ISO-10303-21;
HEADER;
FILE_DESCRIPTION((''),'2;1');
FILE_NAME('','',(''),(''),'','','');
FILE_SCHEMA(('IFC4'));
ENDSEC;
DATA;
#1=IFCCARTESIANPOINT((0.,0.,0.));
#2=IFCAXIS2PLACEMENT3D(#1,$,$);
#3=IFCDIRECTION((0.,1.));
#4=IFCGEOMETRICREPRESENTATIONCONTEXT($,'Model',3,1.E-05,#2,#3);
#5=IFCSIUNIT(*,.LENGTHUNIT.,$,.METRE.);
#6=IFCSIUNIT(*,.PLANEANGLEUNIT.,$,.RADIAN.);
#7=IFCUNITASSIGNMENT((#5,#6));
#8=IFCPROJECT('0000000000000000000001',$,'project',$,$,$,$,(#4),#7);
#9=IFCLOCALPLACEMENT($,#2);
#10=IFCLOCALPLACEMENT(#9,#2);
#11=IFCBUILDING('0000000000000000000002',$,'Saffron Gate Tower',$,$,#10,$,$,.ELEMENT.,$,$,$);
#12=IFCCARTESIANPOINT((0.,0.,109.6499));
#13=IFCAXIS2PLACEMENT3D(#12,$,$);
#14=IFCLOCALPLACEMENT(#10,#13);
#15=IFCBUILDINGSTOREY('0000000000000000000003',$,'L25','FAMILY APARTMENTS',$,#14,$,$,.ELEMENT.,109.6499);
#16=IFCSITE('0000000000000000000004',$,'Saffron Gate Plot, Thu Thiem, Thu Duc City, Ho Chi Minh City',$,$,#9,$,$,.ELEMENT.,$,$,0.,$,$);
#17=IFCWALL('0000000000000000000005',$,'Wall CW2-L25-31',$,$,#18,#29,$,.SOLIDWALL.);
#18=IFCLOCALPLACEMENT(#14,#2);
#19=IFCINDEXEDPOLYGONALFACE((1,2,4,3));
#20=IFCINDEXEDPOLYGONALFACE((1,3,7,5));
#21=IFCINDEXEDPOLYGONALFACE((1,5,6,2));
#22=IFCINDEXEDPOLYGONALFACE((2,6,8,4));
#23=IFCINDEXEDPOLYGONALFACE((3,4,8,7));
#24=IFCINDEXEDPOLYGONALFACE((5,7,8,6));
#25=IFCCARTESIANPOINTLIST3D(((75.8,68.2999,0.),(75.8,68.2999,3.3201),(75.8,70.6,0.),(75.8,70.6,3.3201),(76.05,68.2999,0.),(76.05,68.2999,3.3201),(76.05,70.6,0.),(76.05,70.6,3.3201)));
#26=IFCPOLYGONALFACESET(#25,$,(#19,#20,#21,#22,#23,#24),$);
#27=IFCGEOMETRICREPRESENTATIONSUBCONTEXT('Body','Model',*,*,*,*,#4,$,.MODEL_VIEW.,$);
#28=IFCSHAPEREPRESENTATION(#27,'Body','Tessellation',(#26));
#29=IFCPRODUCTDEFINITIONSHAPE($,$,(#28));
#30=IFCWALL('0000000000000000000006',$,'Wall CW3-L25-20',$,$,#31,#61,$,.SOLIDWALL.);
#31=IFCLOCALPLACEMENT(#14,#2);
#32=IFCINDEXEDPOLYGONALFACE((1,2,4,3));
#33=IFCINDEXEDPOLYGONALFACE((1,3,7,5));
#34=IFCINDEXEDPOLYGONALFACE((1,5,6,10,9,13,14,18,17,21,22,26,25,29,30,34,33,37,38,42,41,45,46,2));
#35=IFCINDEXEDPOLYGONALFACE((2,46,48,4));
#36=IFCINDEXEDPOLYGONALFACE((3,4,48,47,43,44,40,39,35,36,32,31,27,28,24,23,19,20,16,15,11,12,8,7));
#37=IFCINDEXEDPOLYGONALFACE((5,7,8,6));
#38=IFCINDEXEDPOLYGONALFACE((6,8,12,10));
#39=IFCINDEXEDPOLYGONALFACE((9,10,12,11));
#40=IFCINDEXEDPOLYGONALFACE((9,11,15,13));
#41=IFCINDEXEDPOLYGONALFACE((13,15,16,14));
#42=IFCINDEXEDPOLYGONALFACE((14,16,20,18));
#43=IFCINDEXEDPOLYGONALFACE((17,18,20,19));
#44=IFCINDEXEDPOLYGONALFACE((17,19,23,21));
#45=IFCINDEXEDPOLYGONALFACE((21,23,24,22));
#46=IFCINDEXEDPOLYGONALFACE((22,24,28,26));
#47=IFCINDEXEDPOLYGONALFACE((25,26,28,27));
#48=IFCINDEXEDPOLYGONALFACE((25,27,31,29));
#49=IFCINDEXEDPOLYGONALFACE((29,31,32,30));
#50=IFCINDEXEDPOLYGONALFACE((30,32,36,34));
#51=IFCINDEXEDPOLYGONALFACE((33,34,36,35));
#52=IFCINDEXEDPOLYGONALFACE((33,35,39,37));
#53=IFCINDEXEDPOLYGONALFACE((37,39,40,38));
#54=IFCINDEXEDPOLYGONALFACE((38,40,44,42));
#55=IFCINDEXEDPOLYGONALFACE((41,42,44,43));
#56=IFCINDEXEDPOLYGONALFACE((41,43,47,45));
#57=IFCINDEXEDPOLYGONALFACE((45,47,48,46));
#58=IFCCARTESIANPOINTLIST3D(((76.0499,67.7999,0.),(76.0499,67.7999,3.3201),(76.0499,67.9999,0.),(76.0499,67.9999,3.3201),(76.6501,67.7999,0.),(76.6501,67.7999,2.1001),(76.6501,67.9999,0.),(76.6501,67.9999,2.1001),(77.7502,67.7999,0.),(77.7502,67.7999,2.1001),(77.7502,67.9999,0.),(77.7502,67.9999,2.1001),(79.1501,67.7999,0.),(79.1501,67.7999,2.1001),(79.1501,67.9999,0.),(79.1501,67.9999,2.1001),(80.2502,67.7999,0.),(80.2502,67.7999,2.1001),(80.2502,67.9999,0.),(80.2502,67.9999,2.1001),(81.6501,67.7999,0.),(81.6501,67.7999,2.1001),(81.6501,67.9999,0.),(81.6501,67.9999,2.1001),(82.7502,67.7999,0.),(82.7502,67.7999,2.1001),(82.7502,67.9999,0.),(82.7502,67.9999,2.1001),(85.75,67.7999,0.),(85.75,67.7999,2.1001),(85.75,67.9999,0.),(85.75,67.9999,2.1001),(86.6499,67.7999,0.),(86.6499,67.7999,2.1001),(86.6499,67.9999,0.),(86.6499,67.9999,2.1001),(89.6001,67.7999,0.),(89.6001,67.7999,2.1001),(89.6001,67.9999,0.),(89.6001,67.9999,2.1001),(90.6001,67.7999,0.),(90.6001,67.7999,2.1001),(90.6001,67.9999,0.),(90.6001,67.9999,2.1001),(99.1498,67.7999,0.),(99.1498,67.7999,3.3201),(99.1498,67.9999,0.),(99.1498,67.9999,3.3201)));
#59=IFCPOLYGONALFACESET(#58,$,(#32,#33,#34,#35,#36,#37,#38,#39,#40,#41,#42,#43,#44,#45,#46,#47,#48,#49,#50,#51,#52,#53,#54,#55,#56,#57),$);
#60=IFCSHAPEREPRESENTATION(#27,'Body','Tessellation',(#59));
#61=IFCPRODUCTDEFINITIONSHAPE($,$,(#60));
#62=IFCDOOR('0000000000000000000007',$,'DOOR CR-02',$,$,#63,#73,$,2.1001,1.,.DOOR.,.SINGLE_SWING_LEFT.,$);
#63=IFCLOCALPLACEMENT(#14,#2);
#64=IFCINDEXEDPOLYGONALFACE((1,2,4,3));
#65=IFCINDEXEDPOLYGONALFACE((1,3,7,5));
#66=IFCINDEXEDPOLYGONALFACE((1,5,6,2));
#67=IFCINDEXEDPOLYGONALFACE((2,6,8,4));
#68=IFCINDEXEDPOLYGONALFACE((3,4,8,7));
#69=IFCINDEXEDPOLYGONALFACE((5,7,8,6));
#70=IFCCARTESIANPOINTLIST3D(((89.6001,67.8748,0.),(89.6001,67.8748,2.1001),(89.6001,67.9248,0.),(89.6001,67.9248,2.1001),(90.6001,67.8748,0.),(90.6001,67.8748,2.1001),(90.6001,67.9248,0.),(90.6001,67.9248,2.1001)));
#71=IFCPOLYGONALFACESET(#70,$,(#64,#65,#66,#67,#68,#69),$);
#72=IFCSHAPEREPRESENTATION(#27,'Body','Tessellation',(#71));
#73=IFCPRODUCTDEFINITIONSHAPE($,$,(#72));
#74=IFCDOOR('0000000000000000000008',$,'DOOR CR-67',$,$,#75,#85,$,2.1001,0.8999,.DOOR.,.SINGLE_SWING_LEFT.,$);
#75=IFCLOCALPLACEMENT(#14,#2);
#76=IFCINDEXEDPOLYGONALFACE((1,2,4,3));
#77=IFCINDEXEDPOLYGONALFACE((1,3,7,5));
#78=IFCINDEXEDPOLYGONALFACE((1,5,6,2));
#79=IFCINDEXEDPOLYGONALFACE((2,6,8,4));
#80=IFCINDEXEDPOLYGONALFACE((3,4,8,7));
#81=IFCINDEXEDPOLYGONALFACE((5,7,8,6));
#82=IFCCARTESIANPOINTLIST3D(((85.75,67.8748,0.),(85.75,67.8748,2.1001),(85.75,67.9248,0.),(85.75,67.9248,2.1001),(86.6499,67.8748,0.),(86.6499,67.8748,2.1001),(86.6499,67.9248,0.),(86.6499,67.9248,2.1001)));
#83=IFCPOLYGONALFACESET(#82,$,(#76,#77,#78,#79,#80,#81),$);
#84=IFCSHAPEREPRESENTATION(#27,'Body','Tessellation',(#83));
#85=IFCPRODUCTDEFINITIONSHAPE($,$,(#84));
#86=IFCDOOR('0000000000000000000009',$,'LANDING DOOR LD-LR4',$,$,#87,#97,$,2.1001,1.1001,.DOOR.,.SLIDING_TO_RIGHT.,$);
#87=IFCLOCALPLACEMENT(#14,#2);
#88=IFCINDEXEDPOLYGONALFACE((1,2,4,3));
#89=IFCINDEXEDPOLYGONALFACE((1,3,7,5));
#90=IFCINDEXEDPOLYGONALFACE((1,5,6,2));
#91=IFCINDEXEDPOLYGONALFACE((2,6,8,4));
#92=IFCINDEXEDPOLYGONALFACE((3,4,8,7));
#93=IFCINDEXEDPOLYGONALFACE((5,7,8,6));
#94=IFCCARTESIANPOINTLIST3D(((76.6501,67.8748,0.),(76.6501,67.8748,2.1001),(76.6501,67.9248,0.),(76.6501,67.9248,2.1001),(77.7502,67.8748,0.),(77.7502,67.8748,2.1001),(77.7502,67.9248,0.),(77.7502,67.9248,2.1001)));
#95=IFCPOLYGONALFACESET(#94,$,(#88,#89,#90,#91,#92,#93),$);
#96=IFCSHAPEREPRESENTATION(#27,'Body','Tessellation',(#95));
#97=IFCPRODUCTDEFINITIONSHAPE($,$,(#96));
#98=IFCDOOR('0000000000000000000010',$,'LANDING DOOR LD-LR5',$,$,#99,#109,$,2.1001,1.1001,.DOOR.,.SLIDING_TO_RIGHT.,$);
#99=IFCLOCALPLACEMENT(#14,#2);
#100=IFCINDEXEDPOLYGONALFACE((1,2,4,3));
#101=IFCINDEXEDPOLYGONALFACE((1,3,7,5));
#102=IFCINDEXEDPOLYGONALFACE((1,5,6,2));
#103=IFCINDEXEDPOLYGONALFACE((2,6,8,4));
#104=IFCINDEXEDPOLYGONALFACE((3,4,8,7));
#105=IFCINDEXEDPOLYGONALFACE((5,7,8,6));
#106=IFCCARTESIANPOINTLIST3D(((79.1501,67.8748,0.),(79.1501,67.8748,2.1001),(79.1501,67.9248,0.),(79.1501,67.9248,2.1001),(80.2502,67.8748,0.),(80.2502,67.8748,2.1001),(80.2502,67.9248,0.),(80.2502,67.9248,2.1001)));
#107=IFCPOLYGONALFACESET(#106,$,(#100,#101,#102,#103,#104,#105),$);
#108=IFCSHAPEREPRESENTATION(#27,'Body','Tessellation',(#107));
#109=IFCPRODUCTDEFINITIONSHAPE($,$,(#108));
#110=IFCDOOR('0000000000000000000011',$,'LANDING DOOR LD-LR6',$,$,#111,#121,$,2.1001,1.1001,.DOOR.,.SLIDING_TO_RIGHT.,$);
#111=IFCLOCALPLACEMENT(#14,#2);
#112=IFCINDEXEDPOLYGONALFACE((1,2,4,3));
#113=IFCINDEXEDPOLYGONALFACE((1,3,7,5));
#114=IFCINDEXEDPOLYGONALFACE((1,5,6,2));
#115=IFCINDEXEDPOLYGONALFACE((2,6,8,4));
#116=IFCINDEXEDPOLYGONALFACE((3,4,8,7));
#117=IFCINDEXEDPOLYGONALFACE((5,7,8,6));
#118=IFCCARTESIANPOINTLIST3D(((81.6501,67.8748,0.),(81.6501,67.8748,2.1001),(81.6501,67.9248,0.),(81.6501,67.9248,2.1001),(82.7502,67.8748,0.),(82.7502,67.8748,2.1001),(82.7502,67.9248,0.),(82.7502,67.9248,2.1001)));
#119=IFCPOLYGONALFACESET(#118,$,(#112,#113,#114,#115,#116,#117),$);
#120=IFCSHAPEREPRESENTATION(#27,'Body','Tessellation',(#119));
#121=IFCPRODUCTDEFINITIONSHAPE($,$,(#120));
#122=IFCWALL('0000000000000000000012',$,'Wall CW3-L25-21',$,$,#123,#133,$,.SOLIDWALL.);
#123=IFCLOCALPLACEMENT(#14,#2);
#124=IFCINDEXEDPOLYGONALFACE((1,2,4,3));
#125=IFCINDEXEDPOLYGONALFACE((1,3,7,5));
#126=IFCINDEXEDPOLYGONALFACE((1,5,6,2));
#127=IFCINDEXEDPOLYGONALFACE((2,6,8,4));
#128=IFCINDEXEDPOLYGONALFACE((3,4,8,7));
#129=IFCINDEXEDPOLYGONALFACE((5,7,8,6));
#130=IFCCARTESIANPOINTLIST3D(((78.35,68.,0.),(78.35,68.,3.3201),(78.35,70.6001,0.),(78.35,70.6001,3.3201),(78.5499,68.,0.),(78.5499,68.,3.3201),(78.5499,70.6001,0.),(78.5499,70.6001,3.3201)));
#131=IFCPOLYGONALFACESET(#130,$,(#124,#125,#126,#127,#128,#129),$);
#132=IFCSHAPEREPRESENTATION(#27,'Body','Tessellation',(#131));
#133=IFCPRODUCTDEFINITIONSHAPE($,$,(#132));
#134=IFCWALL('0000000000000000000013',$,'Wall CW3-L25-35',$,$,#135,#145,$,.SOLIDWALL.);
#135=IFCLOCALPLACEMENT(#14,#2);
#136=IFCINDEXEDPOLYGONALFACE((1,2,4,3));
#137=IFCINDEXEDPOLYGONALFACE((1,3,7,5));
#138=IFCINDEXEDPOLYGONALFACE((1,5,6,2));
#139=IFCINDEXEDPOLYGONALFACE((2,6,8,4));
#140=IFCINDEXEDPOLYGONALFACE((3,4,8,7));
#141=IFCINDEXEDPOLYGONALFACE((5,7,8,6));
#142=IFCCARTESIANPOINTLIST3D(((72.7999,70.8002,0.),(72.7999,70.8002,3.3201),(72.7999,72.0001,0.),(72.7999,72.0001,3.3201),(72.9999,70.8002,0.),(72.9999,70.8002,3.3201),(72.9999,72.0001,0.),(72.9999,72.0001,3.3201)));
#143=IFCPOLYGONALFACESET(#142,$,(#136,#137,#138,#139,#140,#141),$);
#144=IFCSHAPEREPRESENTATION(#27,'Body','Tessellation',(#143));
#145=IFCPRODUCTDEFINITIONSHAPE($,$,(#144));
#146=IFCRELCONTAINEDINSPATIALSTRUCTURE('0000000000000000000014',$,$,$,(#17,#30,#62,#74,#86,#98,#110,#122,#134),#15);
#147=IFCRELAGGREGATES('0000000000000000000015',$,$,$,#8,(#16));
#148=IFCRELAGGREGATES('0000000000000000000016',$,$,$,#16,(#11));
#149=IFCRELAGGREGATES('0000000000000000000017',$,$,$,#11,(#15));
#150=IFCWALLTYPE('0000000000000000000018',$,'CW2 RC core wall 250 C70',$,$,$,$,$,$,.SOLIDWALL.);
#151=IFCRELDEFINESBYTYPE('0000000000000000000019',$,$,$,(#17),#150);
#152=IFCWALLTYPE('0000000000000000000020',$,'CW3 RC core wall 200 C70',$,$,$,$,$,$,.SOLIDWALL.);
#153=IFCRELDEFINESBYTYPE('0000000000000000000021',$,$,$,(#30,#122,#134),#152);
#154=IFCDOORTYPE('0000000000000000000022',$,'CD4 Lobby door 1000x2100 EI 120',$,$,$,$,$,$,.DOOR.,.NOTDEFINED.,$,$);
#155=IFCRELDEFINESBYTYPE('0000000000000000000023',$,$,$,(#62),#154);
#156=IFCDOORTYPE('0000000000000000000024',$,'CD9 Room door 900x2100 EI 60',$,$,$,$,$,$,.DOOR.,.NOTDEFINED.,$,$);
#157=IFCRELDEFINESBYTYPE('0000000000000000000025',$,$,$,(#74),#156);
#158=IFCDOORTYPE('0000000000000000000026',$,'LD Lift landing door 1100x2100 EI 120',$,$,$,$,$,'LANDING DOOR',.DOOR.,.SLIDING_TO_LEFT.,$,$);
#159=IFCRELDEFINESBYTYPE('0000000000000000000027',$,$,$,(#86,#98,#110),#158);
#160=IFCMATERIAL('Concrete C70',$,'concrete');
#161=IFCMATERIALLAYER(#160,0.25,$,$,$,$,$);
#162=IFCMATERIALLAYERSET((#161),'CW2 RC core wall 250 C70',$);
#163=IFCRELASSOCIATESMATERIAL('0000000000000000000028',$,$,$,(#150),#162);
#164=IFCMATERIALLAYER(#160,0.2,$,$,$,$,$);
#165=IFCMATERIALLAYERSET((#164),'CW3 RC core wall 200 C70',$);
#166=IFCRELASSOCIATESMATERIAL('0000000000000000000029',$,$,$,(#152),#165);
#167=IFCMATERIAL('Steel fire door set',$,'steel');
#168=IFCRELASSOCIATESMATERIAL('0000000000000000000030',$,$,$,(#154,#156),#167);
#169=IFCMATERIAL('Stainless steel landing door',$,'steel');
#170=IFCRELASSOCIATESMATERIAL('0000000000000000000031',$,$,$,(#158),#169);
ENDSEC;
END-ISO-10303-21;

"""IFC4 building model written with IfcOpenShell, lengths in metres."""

from ifc_helpers import new_model, si_unit, direction, frame, frame_2d, origin, place, context, subcontext, project, spatial, rectangle, extrude, material, layer, layer_set, type_object, element, fill, save


model = new_model("IFC4")

# Units and contexts
model_context = context("Model", 3, precision=1e-05, world=origin(), true_north=direction((0.0, 1.0)))
body_context = subcontext(model_context, "Body", "Model", "MODEL_VIEW")
ifc_project = project(units=[si_unit("LENGTHUNIT", "METRE"), si_unit("PLANEANGLEUNIT", "RADIAN")], contexts=[model_context])

# Site, building, storey
site_placement = place(None, origin())
site = spatial("IfcSite", under=ifc_project, at=site_placement, Name="Saffron Gate Plot, Thu Thiem, Thu Duc City, Ho Chi Minh City", CompositionType="ELEMENT", RefElevation=0.0)
building_placement = place(site_placement, origin())
building = spatial("IfcBuilding", under=site, at=building_placement, Name="Saffron Gate Tower", CompositionType="ELEMENT")
storey_placement = place(building_placement, frame((0.0, 0.0, 109.6499)))
storey = spatial("IfcBuildingStorey", under=building, at=storey_placement, Name="L25", Description="FAMILY APARTMENTS", CompositionType="ELEMENT", Elevation=109.6499)

# Wall
ifc_material_1 = material(Name="Concrete C70", Category="concrete")
ifc_layer_1 = layer(ifc_material_1, 0.25)
ifc_layer_set_1 = layer_set([ifc_layer_1], Name="CW2 RC core wall 250 C70")
wall_type_1 = type_object("IfcWallType", Name="CW2 RC core wall 250 C70", PredefinedType="SOLIDWALL", material=ifc_layer_set_1)
wall_1_placement = place(storey_placement, frame((75.925, 68.3, 0.0), z_axis=(0.0, 0.0, 1.0), x_axis=(0.0, 1.0, 0.0)))
element("IfcWall", 1, at=wall_1_placement, inside=storey, type_object=wall_type_1, Name="Wall CW2-L25-31", PredefinedType="SOLIDWALL", context=body_context, shape_type="SweptSolid", body=[
    extrude(rectangle(XDim=2.3, YDim=0.25, at=frame_2d((1.1499, 0.0))), origin(), (0.0, 0.0, 1.0), 3.3201),
])

# Wall, openings, doors
ifc_layer_2 = layer(ifc_material_1, 0.2)
ifc_layer_set_2 = layer_set([ifc_layer_2], Name="CW3 RC core wall 200 C70")
wall_type_2 = type_object("IfcWallType", Name="CW3 RC core wall 200 C70", PredefinedType="SOLIDWALL", material=ifc_layer_set_2)
wall_2_placement = place(storey_placement, frame((76.05, 67.8999, 0.0), z_axis=(0.0, 0.0, 1.0), x_axis=(1.0, 0.0, 0.0)))
wall_2 = element("IfcWall", 2, at=wall_2_placement, inside=storey, type_object=wall_type_2, Name="Wall CW3-L25-20", PredefinedType="SOLIDWALL", context=body_context, shape_type="SweptSolid", body=[
    extrude(rectangle(XDim=23.0999, YDim=0.2, at=frame_2d((11.5498, 0.0))), origin(), (0.0, 0.0, 1.0), 3.3201),
])
opening_1_placement = place(wall_2_placement, frame((0.6001, 0.0, 0.0)))
opening_1 = element("IfcOpeningElement", 3, at=opening_1_placement, cuts=wall_2, PredefinedType="OPENING", context=body_context, shape_type="SweptSolid", body=[
    extrude(rectangle(XDim=1.1001, YDim=2.1001, at=frame_2d((0.55, 1.05))), frame((0.0, 0.1099, 0.0), z_axis=(0.0, -1.0, 0.0), x_axis=(1.0, 0.0, 0.0)), (0.0, 0.0, 1.0), 0.22),
])
opening_2_placement = place(wall_2_placement, frame((3.1001, 0.0, 0.0)))
opening_2 = element("IfcOpeningElement", 4, at=opening_2_placement, cuts=wall_2, PredefinedType="OPENING", context=body_context, shape_type="SweptSolid", body=[
    extrude(rectangle(XDim=1.1001, YDim=2.1001, at=frame_2d((0.55, 1.05))), frame((0.0, 0.1099, 0.0), z_axis=(0.0, -1.0, 0.0), x_axis=(1.0, 0.0, 0.0)), (0.0, 0.0, 1.0), 0.22),
])
opening_3_placement = place(wall_2_placement, frame((5.6001, 0.0, 0.0)))
opening_3 = element("IfcOpeningElement", 5, at=opening_3_placement, cuts=wall_2, PredefinedType="OPENING", context=body_context, shape_type="SweptSolid", body=[
    extrude(rectangle(XDim=1.1001, YDim=2.1001, at=frame_2d((0.55, 1.05))), frame((0.0, 0.1099, 0.0), z_axis=(0.0, -1.0, 0.0), x_axis=(1.0, 0.0, 0.0)), (0.0, 0.0, 1.0), 0.22),
])
opening_4_placement = place(wall_2_placement, frame((9.7, 0.0, 0.0)))
opening_4 = element("IfcOpeningElement", 6, at=opening_4_placement, cuts=wall_2, PredefinedType="OPENING", context=body_context, shape_type="SweptSolid", body=[
    extrude(rectangle(XDim=0.8999, YDim=2.1001, at=frame_2d((0.45, 1.05))), frame((0.0, 0.1099, 0.0), z_axis=(0.0, -1.0, 0.0), x_axis=(1.0, 0.0, 0.0)), (0.0, 0.0, 1.0), 0.22),
])
opening_5_placement = place(wall_2_placement, frame((13.55, 0.0, 0.0)))
opening_5 = element("IfcOpeningElement", 7, at=opening_5_placement, cuts=wall_2, PredefinedType="OPENING", context=body_context, shape_type="SweptSolid", body=[
    extrude(rectangle(XDim=1.0, YDim=2.1001, at=frame_2d((0.5, 1.05))), frame((0.0, 0.1099, 0.0), z_axis=(0.0, -1.0, 0.0), x_axis=(1.0, 0.0, 0.0)), (0.0, 0.0, 1.0), 0.22),
])
ifc_material_2 = material(Name="Steel fire door set", Category="steel")
door_type_1 = type_object("IfcDoorType", Name="CD4 Lobby door 1000x2100 EI 120", OperationType="NOTDEFINED", PredefinedType="DOOR", material=ifc_material_2)
door_1_placement = place(opening_5_placement, origin())
door_1 = element("IfcDoor", 8, at=door_1_placement, inside=storey, type_object=door_type_1, Name="DOOR CR-02", OperationType="SINGLE_SWING_LEFT", OverallHeight=2.1001, OverallWidth=1.0, PredefinedType="DOOR", context=body_context, shape_type="SweptSolid", body=[
    extrude(rectangle(XDim=1.0, YDim=2.1001, at=frame_2d((0.5, 1.05))), frame((0.0, 0.0249, 0.0), z_axis=(0.0, -1.0, 0.0), x_axis=(1.0, 0.0, 0.0)), (0.0, 0.0, 1.0), 0.05),
])
fill(opening_5, door_1)
door_type_2 = type_object("IfcDoorType", Name="CD9 Room door 900x2100 EI 60", OperationType="NOTDEFINED", PredefinedType="DOOR", material=ifc_material_2)
door_2_placement = place(opening_4_placement, origin())
door_2 = element("IfcDoor", 9, at=door_2_placement, inside=storey, type_object=door_type_2, Name="DOOR CR-67", OperationType="SINGLE_SWING_LEFT", OverallHeight=2.1001, OverallWidth=0.8999, PredefinedType="DOOR", context=body_context, shape_type="SweptSolid", body=[
    extrude(rectangle(XDim=0.8999, YDim=2.1001, at=frame_2d((0.45, 1.05))), frame((0.0, 0.0249, 0.0), z_axis=(0.0, -1.0, 0.0), x_axis=(1.0, 0.0, 0.0)), (0.0, 0.0, 1.0), 0.05),
])
fill(opening_4, door_2)
ifc_material_3 = material(Name="Stainless steel landing door", Category="steel")
door_type_3 = type_object("IfcDoorType", Name="LD Lift landing door 1100x2100 EI 120", ElementType="LANDING DOOR", OperationType="SLIDING_TO_LEFT", PredefinedType="DOOR", material=ifc_material_3)
door_3_placement = place(opening_1_placement, origin())
door_3 = element("IfcDoor", 10, at=door_3_placement, inside=storey, type_object=door_type_3, Name="LANDING DOOR LD-LR4", OperationType="SLIDING_TO_RIGHT", OverallHeight=2.1001, OverallWidth=1.1001, PredefinedType="DOOR", context=body_context, shape_type="SweptSolid", body=[
    extrude(rectangle(XDim=1.1001, YDim=2.1001, at=frame_2d((0.55, 1.05))), frame((0.0, 0.0249, 0.0), z_axis=(0.0, -1.0, 0.0), x_axis=(1.0, 0.0, 0.0)), (0.0, 0.0, 1.0), 0.05),
])
fill(opening_1, door_3)
door_4_placement = place(opening_2_placement, origin())
door_4 = element("IfcDoor", 11, at=door_4_placement, inside=storey, type_object=door_type_3, Name="LANDING DOOR LD-LR5", OperationType="SLIDING_TO_RIGHT", OverallHeight=2.1001, OverallWidth=1.1001, PredefinedType="DOOR", context=body_context, shape_type="SweptSolid", body=[
    extrude(rectangle(XDim=1.1001, YDim=2.1001, at=frame_2d((0.55, 1.05))), frame((0.0, 0.0249, 0.0), z_axis=(0.0, -1.0, 0.0), x_axis=(1.0, 0.0, 0.0)), (0.0, 0.0, 1.0), 0.05),
])
fill(opening_2, door_4)
door_5_placement = place(opening_3_placement, origin())
door_5 = element("IfcDoor", 12, at=door_5_placement, inside=storey, type_object=door_type_3, Name="LANDING DOOR LD-LR6", OperationType="SLIDING_TO_RIGHT", OverallHeight=2.1001, OverallWidth=1.1001, PredefinedType="DOOR", context=body_context, shape_type="SweptSolid", body=[
    extrude(rectangle(XDim=1.1001, YDim=2.1001, at=frame_2d((0.55, 1.05))), frame((0.0, 0.0249, 0.0), z_axis=(0.0, -1.0, 0.0), x_axis=(1.0, 0.0, 0.0)), (0.0, 0.0, 1.0), 0.05),
])
fill(opening_3, door_5)

# Walls
wall_3_placement = place(storey_placement, frame((78.45, 68.0, 0.0), z_axis=(0.0, 0.0, 1.0), x_axis=(0.0, 1.0, 0.0)))
element("IfcWall", 13, at=wall_3_placement, inside=storey, type_object=wall_type_2, Name="Wall CW3-L25-21", PredefinedType="SOLIDWALL", context=body_context, shape_type="SweptSolid", body=[
    extrude(rectangle(XDim=2.6001, YDim=0.2, at=frame_2d((1.3, 0.0))), origin(), (0.0, 0.0, 1.0), 3.3201),
])
wall_4_placement = place(storey_placement, frame((72.8999, 70.8, 0.0), z_axis=(0.0, 0.0, 1.0), x_axis=(0.0, 1.0, 0.0)))
element("IfcWall", 14, at=wall_4_placement, inside=storey, type_object=wall_type_2, Name="Wall CW3-L25-35", PredefinedType="SOLIDWALL", context=body_context, shape_type="SweptSolid", body=[
    extrude(rectangle(XDim=1.2, YDim=0.2, at=frame_2d((0.6001, 0.0))), origin(), (0.0, 0.0, 1.0), 3.3201),
])

save(model, "model.ifc")
